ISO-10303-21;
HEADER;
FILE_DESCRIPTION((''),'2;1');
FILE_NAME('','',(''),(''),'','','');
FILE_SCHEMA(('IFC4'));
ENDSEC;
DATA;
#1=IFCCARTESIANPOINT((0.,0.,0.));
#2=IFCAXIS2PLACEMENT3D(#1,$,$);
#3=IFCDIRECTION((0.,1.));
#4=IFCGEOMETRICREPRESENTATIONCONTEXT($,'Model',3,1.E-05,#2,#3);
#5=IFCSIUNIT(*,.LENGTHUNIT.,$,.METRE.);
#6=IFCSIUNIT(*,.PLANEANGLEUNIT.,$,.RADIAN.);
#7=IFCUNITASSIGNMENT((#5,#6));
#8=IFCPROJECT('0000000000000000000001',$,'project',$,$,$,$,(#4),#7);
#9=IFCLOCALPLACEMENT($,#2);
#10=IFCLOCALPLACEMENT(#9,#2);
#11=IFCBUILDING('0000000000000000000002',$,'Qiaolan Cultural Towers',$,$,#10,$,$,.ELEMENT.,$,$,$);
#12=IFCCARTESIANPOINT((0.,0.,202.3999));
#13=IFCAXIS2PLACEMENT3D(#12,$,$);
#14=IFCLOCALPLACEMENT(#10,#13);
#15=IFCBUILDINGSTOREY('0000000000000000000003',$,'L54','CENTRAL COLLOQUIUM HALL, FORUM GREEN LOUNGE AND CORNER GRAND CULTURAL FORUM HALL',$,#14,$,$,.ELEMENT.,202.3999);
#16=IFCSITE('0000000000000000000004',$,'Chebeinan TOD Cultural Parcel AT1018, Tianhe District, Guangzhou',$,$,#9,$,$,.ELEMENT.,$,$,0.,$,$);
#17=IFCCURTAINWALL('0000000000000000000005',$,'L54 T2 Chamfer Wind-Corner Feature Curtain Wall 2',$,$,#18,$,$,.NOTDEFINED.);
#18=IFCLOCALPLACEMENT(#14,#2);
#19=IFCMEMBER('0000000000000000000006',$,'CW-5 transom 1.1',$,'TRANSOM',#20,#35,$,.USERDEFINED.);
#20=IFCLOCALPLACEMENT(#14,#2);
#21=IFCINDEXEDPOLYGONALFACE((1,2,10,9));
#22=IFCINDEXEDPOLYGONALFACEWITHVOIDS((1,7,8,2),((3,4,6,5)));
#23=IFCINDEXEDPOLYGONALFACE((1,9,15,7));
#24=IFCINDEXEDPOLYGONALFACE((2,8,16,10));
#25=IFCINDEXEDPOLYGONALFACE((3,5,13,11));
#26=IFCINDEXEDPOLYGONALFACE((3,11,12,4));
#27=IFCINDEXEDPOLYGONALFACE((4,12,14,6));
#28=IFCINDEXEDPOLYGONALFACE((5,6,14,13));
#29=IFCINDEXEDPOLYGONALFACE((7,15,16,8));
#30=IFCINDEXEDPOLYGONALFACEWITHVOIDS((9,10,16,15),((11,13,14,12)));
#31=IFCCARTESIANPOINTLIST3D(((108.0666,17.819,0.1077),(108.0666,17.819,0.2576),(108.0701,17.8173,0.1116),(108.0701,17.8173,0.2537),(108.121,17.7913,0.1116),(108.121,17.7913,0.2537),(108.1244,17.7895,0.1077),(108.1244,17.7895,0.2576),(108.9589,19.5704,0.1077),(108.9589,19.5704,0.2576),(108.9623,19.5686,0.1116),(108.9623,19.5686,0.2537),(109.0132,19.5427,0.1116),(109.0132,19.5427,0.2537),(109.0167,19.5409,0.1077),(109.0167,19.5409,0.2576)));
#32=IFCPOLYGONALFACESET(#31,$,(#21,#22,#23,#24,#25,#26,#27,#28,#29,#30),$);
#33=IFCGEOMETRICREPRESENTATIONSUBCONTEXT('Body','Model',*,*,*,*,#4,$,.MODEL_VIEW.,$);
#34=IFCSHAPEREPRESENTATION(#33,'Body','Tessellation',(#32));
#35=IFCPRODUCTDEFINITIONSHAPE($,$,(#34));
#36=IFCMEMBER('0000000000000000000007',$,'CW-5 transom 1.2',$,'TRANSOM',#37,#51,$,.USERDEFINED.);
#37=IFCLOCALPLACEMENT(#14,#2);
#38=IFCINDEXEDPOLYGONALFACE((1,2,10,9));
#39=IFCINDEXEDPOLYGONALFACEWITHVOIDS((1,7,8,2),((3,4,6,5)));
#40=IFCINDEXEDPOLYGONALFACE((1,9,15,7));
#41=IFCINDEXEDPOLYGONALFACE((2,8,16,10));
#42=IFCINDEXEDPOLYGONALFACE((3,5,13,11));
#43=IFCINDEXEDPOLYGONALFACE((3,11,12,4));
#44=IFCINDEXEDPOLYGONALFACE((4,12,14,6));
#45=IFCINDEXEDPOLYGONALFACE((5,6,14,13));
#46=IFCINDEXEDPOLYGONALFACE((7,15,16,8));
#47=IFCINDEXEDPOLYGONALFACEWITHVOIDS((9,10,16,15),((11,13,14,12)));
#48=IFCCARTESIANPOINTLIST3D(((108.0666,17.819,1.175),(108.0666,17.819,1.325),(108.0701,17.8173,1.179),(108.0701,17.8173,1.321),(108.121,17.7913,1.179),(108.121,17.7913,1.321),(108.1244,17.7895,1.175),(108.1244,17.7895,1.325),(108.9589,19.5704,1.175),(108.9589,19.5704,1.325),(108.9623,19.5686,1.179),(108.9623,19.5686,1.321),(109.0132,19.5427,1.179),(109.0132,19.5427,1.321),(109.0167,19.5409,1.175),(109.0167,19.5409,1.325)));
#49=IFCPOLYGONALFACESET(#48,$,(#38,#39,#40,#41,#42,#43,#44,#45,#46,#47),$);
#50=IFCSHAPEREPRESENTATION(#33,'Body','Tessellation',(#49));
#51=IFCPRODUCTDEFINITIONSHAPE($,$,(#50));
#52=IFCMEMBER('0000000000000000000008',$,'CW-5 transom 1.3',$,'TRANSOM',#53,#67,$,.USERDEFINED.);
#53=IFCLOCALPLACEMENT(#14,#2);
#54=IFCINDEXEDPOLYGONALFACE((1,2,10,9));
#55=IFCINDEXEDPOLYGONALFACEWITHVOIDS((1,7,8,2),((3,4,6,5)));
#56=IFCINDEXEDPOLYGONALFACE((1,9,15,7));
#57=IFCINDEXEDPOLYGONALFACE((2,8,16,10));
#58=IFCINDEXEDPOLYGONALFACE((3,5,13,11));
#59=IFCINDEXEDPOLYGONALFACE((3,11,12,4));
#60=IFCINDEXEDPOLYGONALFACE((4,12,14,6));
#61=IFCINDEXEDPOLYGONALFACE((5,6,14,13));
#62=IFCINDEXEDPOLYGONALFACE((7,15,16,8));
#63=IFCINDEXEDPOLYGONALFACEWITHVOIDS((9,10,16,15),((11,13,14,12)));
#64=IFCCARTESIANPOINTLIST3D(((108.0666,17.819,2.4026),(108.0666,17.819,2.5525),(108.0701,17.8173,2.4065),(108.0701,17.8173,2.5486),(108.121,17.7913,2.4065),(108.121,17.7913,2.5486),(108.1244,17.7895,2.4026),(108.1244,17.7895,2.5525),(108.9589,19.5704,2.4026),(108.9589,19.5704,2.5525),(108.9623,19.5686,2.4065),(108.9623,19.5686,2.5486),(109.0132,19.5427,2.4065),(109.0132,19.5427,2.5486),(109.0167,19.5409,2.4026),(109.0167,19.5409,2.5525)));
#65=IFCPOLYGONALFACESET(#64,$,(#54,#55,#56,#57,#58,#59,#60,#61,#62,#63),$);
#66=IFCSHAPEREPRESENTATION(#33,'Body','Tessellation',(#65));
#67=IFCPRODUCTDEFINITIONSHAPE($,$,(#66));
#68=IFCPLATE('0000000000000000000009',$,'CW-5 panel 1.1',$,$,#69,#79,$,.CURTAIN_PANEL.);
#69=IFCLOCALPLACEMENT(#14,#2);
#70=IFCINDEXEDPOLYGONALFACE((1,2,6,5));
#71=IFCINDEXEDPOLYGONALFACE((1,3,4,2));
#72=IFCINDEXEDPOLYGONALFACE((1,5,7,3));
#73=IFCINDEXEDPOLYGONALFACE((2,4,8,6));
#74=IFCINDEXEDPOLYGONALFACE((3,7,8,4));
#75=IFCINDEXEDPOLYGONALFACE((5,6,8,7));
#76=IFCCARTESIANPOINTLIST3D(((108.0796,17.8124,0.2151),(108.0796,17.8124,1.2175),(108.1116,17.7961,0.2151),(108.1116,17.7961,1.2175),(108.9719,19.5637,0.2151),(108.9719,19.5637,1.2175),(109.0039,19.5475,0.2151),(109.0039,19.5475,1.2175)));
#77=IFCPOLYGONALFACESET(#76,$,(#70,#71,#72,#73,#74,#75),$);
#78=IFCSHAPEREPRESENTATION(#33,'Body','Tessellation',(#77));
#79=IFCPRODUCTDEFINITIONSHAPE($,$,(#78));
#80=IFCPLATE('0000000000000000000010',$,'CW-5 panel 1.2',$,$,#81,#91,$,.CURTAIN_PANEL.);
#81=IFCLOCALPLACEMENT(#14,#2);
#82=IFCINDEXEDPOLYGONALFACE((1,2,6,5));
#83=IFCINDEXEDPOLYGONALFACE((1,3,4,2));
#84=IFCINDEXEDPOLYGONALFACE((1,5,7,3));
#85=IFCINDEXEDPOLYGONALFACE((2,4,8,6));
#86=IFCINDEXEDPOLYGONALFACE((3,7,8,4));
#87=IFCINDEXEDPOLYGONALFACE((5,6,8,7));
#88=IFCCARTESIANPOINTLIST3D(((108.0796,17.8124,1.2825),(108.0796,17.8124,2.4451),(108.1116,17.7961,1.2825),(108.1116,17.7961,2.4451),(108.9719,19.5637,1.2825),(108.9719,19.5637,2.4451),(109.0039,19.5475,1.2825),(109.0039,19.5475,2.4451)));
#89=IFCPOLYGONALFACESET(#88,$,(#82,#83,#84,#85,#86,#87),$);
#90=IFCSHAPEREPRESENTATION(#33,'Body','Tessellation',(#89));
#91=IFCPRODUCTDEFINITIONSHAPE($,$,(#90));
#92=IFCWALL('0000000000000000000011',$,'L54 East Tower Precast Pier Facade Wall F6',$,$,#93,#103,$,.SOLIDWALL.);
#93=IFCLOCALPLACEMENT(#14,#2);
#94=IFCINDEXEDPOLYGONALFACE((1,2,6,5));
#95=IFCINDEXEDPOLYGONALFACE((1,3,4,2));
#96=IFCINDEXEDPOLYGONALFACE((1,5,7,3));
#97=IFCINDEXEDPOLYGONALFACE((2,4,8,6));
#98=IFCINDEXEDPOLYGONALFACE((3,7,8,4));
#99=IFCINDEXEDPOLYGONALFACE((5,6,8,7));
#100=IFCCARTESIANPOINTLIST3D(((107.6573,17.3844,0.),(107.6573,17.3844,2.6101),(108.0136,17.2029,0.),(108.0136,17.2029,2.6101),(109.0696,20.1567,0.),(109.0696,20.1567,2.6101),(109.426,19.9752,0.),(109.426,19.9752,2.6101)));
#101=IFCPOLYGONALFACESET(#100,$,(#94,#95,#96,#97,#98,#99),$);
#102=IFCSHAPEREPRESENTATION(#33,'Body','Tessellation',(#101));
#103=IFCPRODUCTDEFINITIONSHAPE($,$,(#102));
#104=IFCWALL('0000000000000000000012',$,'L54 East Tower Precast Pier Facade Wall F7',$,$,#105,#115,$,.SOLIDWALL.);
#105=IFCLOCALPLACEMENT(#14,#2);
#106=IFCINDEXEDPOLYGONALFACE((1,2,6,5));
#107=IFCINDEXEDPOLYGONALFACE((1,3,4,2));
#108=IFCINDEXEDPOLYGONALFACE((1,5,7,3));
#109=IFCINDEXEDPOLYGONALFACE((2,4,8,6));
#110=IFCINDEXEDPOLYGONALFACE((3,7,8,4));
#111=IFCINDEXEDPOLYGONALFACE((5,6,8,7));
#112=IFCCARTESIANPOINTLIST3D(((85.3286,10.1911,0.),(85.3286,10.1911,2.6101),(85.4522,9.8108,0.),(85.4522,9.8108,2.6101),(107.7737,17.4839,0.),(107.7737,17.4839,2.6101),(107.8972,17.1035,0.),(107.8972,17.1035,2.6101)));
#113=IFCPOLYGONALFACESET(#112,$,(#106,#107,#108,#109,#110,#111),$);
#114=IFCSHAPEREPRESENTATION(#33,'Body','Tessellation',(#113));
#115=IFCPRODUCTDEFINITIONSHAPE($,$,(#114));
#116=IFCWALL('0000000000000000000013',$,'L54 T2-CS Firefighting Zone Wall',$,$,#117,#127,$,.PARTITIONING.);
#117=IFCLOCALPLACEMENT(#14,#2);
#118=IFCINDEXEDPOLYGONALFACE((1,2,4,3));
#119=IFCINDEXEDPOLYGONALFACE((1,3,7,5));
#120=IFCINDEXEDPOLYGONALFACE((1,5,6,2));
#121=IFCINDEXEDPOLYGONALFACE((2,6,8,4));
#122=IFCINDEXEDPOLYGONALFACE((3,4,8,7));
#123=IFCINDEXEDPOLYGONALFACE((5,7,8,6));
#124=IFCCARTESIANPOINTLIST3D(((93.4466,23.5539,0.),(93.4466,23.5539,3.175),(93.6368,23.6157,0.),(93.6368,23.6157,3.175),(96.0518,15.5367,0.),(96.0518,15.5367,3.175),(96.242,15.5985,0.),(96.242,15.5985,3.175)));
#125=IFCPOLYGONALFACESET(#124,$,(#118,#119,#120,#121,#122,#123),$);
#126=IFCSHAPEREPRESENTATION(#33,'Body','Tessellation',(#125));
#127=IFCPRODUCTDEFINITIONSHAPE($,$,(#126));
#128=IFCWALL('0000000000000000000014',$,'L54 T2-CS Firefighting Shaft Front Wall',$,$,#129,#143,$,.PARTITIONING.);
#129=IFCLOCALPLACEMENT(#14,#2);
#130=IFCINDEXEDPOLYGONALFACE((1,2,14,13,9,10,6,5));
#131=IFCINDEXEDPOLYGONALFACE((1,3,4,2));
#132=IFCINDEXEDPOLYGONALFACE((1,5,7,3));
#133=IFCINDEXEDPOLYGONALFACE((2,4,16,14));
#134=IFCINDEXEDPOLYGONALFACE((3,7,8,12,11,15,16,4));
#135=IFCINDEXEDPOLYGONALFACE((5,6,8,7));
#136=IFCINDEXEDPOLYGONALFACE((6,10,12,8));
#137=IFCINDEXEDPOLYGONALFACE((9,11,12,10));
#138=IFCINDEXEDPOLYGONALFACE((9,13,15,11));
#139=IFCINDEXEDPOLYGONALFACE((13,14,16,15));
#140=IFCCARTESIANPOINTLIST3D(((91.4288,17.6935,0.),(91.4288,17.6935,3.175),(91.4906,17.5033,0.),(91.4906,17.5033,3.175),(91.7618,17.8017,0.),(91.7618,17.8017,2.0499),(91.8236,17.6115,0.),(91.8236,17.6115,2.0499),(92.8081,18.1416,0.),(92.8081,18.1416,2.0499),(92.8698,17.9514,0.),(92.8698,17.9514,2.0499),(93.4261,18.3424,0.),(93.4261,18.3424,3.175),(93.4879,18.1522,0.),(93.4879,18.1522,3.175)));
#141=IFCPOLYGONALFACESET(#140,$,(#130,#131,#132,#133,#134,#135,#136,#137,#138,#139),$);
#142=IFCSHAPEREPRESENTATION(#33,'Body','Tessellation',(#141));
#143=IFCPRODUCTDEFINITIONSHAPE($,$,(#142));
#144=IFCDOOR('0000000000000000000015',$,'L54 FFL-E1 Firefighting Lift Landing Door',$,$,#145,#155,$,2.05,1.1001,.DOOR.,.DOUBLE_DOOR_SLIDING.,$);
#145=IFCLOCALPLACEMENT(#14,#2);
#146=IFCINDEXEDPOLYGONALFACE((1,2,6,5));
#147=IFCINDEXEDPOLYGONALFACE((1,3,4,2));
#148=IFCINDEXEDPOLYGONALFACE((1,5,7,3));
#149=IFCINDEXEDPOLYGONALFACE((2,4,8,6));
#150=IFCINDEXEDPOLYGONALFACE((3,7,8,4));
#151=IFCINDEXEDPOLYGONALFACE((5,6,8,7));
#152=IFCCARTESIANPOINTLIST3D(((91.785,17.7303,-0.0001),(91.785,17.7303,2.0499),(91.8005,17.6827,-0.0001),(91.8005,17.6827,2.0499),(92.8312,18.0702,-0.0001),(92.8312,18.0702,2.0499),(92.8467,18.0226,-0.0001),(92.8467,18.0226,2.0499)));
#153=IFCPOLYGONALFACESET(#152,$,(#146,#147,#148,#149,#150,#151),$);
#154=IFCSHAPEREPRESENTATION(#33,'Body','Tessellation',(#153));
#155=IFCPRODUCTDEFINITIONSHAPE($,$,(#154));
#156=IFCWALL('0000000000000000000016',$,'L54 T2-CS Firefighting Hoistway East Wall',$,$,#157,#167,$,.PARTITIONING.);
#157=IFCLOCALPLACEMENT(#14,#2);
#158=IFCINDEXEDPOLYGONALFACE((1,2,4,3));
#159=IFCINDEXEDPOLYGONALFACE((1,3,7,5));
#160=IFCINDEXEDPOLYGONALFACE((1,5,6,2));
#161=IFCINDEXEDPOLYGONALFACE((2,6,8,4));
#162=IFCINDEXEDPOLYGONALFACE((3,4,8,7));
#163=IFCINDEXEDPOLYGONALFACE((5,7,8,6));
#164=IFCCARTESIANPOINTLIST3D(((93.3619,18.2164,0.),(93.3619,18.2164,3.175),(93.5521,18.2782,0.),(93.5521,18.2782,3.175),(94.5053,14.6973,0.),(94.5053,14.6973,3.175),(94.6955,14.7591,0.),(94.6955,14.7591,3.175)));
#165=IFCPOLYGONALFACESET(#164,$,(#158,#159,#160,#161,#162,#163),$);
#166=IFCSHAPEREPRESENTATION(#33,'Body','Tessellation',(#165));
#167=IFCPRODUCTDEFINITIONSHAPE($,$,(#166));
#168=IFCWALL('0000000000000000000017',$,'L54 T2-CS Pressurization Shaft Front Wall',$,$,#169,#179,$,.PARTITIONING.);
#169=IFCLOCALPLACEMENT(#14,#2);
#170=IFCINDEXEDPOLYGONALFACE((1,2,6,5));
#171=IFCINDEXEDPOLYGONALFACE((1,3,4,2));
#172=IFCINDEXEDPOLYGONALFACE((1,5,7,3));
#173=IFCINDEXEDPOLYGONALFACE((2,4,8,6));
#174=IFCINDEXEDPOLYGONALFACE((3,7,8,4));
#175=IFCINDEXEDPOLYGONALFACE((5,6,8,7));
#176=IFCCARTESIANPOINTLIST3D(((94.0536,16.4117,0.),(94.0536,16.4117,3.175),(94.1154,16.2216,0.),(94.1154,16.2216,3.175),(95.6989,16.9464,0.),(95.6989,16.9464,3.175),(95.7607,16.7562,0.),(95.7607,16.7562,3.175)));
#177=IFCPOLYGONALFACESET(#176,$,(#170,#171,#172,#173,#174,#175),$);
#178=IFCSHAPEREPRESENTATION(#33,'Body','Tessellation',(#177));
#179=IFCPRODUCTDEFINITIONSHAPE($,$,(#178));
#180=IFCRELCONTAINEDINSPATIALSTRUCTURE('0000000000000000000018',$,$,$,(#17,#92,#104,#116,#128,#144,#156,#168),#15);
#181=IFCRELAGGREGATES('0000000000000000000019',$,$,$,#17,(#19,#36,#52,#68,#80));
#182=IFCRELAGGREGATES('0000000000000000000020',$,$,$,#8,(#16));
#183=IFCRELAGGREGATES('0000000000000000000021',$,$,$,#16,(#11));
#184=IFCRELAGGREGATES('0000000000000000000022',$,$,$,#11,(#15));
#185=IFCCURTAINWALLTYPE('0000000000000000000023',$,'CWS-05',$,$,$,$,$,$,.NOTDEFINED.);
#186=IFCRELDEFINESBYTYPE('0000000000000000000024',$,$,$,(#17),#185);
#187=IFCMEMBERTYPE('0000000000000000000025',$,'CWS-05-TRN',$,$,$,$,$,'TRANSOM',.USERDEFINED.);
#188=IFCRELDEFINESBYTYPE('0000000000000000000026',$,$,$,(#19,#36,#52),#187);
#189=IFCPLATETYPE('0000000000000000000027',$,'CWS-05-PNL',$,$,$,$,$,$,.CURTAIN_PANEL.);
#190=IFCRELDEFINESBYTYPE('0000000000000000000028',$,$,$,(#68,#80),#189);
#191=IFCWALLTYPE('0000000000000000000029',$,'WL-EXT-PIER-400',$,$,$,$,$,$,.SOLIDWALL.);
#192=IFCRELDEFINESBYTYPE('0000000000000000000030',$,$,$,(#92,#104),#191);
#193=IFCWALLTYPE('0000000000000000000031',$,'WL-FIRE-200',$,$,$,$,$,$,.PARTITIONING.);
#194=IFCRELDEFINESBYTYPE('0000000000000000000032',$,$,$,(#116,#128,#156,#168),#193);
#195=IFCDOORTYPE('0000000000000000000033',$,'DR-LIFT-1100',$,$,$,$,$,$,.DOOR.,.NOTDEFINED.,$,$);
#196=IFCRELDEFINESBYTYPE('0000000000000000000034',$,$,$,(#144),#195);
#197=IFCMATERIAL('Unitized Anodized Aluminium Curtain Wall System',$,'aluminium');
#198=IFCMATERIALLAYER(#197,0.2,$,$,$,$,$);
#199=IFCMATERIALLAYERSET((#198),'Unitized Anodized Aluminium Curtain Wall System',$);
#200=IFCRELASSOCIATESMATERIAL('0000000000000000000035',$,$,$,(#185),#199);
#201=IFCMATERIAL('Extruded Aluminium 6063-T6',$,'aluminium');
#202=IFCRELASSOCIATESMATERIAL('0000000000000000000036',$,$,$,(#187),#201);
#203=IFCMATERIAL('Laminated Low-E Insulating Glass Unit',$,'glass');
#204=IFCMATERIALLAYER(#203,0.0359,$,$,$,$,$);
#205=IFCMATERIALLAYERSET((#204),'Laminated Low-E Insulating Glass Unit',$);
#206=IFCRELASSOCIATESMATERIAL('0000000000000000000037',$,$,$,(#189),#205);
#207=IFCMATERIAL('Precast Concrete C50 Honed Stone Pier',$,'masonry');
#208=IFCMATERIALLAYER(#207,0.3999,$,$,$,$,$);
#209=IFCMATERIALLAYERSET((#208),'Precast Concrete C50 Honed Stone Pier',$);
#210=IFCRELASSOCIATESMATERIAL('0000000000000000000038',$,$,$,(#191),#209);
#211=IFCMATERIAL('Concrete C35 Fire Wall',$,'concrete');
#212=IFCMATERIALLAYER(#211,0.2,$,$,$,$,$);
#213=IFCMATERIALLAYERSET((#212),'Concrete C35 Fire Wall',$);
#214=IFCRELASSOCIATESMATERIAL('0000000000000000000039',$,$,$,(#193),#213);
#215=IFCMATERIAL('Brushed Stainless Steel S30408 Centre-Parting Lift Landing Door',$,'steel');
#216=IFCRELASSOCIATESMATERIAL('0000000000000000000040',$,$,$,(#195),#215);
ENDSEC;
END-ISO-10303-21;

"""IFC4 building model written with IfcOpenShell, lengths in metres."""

from ifc_helpers import new_model, si_unit, direction, frame, frame_2d, origin, origin_2d, place, context, subcontext, project, spatial, rectangle, hollow_rectangle, extrude, material, layer, layer_set, material_profile, profile_set, type_object, element, fill, aggregate, save


model = new_model("IFC4")

# Units and contexts
model_context = context("Model", 3, precision=1e-05, world=origin(), true_north=direction((0.0, 1.0)))
body_context = subcontext(model_context, "Body", "Model", "MODEL_VIEW")
ifc_project = project(units=[si_unit("LENGTHUNIT", "METRE"), si_unit("PLANEANGLEUNIT", "RADIAN")], contexts=[model_context])

# Site, building, storey
site_placement = place(None, origin())
site = spatial("IfcSite", under=ifc_project, at=site_placement, Name="Chebeinan TOD Cultural Parcel AT1018, Tianhe District, Guangzhou", CompositionType="ELEMENT", RefElevation=0.0)
building_placement = place(site_placement, origin())
building = spatial("IfcBuilding", under=site, at=building_placement, Name="Qiaolan Cultural Towers", CompositionType="ELEMENT")
storey_placement = place(building_placement, frame((0.0, 0.0, 202.3999)))
storey = spatial("IfcBuildingStorey", under=building, at=storey_placement, Name="L54", Description="CENTRAL COLLOQUIUM HALL, FORUM GREEN LOUNGE AND CORNER GRAND CULTURAL FORUM HALL", CompositionType="ELEMENT", Elevation=202.3999)

# Curtain wall, members, plates
ifc_material_1 = material(Name="Unitized Anodized Aluminium Curtain Wall System", Category="aluminium")
ifc_layer_1 = layer(ifc_material_1, 0.2)
ifc_layer_set_1 = layer_set([ifc_layer_1], Name="Unitized Anodized Aluminium Curtain Wall System")
curtain_wall_type = type_object("IfcCurtainWallType", Name="CWS-05", PredefinedType="NOTDEFINED", material=ifc_layer_set_1)
curtain_wall_placement = place(storey_placement, origin())
curtain_wall = element("IfcCurtainWall", 1, at=curtain_wall_placement, inside=storey, type_object=curtain_wall_type, Name="L54 T2 Chamfer Wind-Corner Feature Curtain Wall 2", PredefinedType="NOTDEFINED")
ifc_material_2 = material(Name="Extruded Aluminium 6063-T6", Category="aluminium")
ifc_material_profile_1 = material_profile(ifc_material_2, hollow_rectangle(XDim=0.0649, YDim=0.1499, WallThickness=0.0039, at=origin_2d()), Name="CWT-150x65x4")
ifc_profile_set_1 = profile_set([ifc_material_profile_1], Name="Extruded Aluminium 6063-T6")
member_type_1 = type_object("IfcMemberType", Name="CWS-05-TRN", ElementType="TRANSOM", PredefinedType="USERDEFINED", material=ifc_profile_set_1)
member_1_placement = place(storey_placement, frame((108.9878, 19.5557, 0.1826), z_axis=(-0.453957, -0.891023, 0.0), x_axis=(0.891023, -0.453957, 0.0)))
member_1 = element("IfcMember", 2, at=member_1_placement, type_object=member_type_1, Name="CW-5 transom 1.1", ObjectType="TRANSOM", PredefinedType="USERDEFINED", context=body_context, shape_type="SweptSolid", body=[
    extrude(hollow_rectangle(XDim=0.0649, YDim=0.1499, WallThickness=0.0039, at=origin_2d()), origin(), (0.0, 0.0, 1.0), 1.9656),
])
member_2_placement = place(storey_placement, frame((108.9878, 19.5557, 1.25), z_axis=(-0.453957, -0.891023, 0.0), x_axis=(0.891023, -0.453957, 0.0)))
member_2 = element("IfcMember", 3, at=member_2_placement, type_object=member_type_1, Name="CW-5 transom 1.2", ObjectType="TRANSOM", PredefinedType="USERDEFINED", context=body_context, shape_type="SweptSolid", body=[
    extrude(hollow_rectangle(XDim=0.0649, YDim=0.1499, WallThickness=0.0039, at=origin_2d()), origin(), (0.0, 0.0, 1.0), 1.9656),
])
member_3_placement = place(storey_placement, frame((108.9878, 19.5557, 2.4775), z_axis=(-0.453957, -0.891023, 0.0), x_axis=(0.891023, -0.453957, 0.0)))
member_3 = element("IfcMember", 4, at=member_3_placement, type_object=member_type_1, Name="CW-5 transom 1.3", ObjectType="TRANSOM", PredefinedType="USERDEFINED", context=body_context, shape_type="SweptSolid", body=[
    extrude(hollow_rectangle(XDim=0.0649, YDim=0.1499, WallThickness=0.0039, at=origin_2d()), origin(), (0.0, 0.0, 1.0), 1.9656),
])
ifc_material_3 = material(Name="Laminated Low-E Insulating Glass Unit", Category="glass")
ifc_layer_2 = layer(ifc_material_3, 0.0359)
ifc_layer_set_2 = layer_set([ifc_layer_2], Name="Laminated Low-E Insulating Glass Unit")
plate_type = type_object("IfcPlateType", Name="CWS-05-PNL", PredefinedType="CURTAIN_PANEL", material=ifc_layer_set_2)
plate_1_placement = place(storey_placement, frame((108.5417, 18.6799, 0.2151), z_axis=(0.0, 0.0, 1.0), x_axis=(-0.45399, -0.891007, 0.0)))
plate_1 = element("IfcPlate", 5, at=plate_1_placement, type_object=plate_type, Name="CW-5 panel 1.1", PredefinedType="CURTAIN_PANEL", context=body_context, shape_type="SweptSolid", body=[
    extrude(rectangle(XDim=1.9656, YDim=0.0359, at=origin_2d()), origin(), (0.0, 0.0, 1.0), 1.0024),
])
plate_2_placement = place(storey_placement, frame((108.5417, 18.6799, 1.2825), z_axis=(0.0, 0.0, 1.0), x_axis=(-0.45399, -0.891007, 0.0)))
plate_2 = element("IfcPlate", 6, at=plate_2_placement, type_object=plate_type, Name="CW-5 panel 1.2", PredefinedType="CURTAIN_PANEL", context=body_context, shape_type="SweptSolid", body=[
    extrude(rectangle(XDim=1.9656, YDim=0.0359, at=origin_2d()), origin(), (0.0, 0.0, 1.0), 1.1626),
])
aggregate(curtain_wall, [member_1, member_2, member_3, plate_1, plate_2])

# Walls
ifc_material_4 = material(Name="Precast Concrete C50 Honed Stone Pier", Category="masonry")
ifc_layer_3 = layer(ifc_material_4, 0.3999)
ifc_layer_set_3 = layer_set([ifc_layer_3], Name="Precast Concrete C50 Honed Stone Pier")
wall_type_1 = type_object("IfcWallType", Name="WL-EXT-PIER-400", PredefinedType="SOLIDWALL", material=ifc_layer_set_3)
wall_1_placement = place(storey_placement, frame((109.2478, 20.0659, 0.0), z_axis=(0.0, 0.0, 1.0), x_axis=(-0.453949, -0.891028, 0.0)))
element("IfcWall", 7, at=wall_1_placement, inside=storey, type_object=wall_type_1, Name="L54 East Tower Precast Pier Facade Wall F6", PredefinedType="SOLIDWALL", context=body_context, shape_type="SweptSolid", body=[
    extrude(rectangle(XDim=3.1113, YDim=0.3999, at=frame_2d((1.5557, 0.0))), origin(), (0.0, 0.0, 1.0), 2.6101),
])
wall_2_placement = place(storey_placement, frame((107.8354, 17.2937, 0.0), z_axis=(0.0, 0.0, 1.0), x_axis=(-0.951058, -0.309012, 0.0)))
element("IfcWall", 8, at=wall_2_placement, inside=storey, type_object=wall_type_1, Name="L54 East Tower Precast Pier Facade Wall F7", PredefinedType="SOLIDWALL", context=body_context, shape_type="SweptSolid", body=[
    extrude(rectangle(XDim=23.6001, YDim=0.3999, at=frame_2d((11.8, 0.0))), origin(), (0.0, 0.0, 1.0), 2.6101),
])
ifc_material_5 = material(Name="Concrete C35 Fire Wall", Category="concrete")
ifc_layer_4 = layer(ifc_material_5, 0.2)
ifc_layer_set_4 = layer_set([ifc_layer_4], Name="Concrete C35 Fire Wall")
wall_type_2 = type_object("IfcWallType", Name="WL-FIRE-200", PredefinedType="PARTITIONING", material=ifc_layer_set_4)
wall_3_placement = place(storey_placement, frame((93.5417, 23.5847, 0.0), z_axis=(0.0, 0.0, 1.0), x_axis=(0.309042, -0.951048, 0.0)))
element("IfcWall", 9, at=wall_3_placement, inside=storey, type_object=wall_type_2, Name="L54 T2-CS Firefighting Zone Wall", PredefinedType="PARTITIONING", context=body_context, shape_type="SweptSolid", body=[
    extrude(rectangle(XDim=8.4299, YDim=0.2, at=frame_2d((4.2148, 0.0))), origin(), (0.0, 0.0, 1.0), 3.175),
])

# Wall, opening, door
wall_4_placement = place(storey_placement, frame((91.4597, 17.5984, 0.0), z_axis=(0.0, 0.0, 1.0), x_axis=(0.951062, 0.308999, 0.0)))
wall_4 = element("IfcWall", 10, at=wall_4_placement, inside=storey, type_object=wall_type_2, Name="L54 T2-CS Firefighting Shaft Front Wall", PredefinedType="PARTITIONING", context=body_context, shape_type="SweptSolid", body=[
    extrude(rectangle(XDim=2.1001, YDim=0.2, at=frame_2d((1.05, 0.0))), origin(), (0.0, 0.0, 1.0), 3.175),
])
opening_1_placement = place(wall_4_placement, frame((0.3501, 0.0, 0.0)))
opening_1 = element("IfcOpeningElement", 11, at=opening_1_placement, cuts=wall_4, PredefinedType="OPENING", context=body_context, shape_type="SweptSolid", body=[
    extrude(rectangle(XDim=1.1001, YDim=2.05, at=frame_2d((0.55, 1.0249))), frame((0.0, 0.1099, 0.0), z_axis=(0.0, -1.0, 0.0), x_axis=(1.0, 0.0, 0.0)), (0.0, 0.0, 1.0), 0.22),
])
ifc_material_6 = material(Name="Brushed Stainless Steel S30408 Centre-Parting Lift Landing Door", Category="steel")
door_type_1 = type_object("IfcDoorType", Name="DR-LIFT-1100", OperationType="NOTDEFINED", PredefinedType="DOOR", material=ifc_material_6)
door_1_placement = place(opening_1_placement, origin())
door_1 = element("IfcDoor", 12, at=door_1_placement, inside=storey, type_object=door_type_1, Name="L54 FFL-E1 Firefighting Lift Landing Door", OperationType="DOUBLE_DOOR_SLIDING", OverallHeight=2.05, OverallWidth=1.1001, PredefinedType="DOOR", context=body_context, shape_type="SweptSolid", body=[
    extrude(rectangle(XDim=1.1001, YDim=2.05, at=frame_2d((0.55, 1.0249))), frame((0.0, 0.0249, 0.0), z_axis=(0.0, -1.0, 0.0), x_axis=(1.0, 0.0, 0.0)), (0.0, 0.0, 1.0), 0.05),
])
fill(opening_1, door_1)

# Walls
wall_5_placement = place(storey_placement, frame((93.457, 18.2473, 0.0), z_axis=(0.0, 0.0, 1.0), x_axis=(0.308994, -0.951064, 0.0)))
element("IfcWall", 13, at=wall_5_placement, inside=storey, type_object=wall_type_2, Name="L54 T2-CS Firefighting Hoistway East Wall", PredefinedType="PARTITIONING", context=body_context, shape_type="SweptSolid", body=[
    extrude(rectangle(XDim=3.7002, YDim=0.2, at=frame_2d((1.8501, 0.0))), origin(), (0.0, 0.0, 1.0), 3.175),
])
wall_6_placement = place(storey_placement, frame((94.0845, 16.3167, 0.0), z_axis=(0.0, 0.0, 1.0), x_axis=(0.951041, 0.309064, 0.0)))
element("IfcWall", 14, at=wall_6_placement, inside=storey, type_object=wall_type_2, Name="L54 T2-CS Pressurization Shaft Front Wall", PredefinedType="PARTITIONING", context=body_context, shape_type="SweptSolid", body=[
    extrude(rectangle(XDim=1.73, YDim=0.2, at=frame_2d((0.865, 0.0))), origin(), (0.0, 0.0, 1.0), 3.175),
])

save(model, "model.ifc")
